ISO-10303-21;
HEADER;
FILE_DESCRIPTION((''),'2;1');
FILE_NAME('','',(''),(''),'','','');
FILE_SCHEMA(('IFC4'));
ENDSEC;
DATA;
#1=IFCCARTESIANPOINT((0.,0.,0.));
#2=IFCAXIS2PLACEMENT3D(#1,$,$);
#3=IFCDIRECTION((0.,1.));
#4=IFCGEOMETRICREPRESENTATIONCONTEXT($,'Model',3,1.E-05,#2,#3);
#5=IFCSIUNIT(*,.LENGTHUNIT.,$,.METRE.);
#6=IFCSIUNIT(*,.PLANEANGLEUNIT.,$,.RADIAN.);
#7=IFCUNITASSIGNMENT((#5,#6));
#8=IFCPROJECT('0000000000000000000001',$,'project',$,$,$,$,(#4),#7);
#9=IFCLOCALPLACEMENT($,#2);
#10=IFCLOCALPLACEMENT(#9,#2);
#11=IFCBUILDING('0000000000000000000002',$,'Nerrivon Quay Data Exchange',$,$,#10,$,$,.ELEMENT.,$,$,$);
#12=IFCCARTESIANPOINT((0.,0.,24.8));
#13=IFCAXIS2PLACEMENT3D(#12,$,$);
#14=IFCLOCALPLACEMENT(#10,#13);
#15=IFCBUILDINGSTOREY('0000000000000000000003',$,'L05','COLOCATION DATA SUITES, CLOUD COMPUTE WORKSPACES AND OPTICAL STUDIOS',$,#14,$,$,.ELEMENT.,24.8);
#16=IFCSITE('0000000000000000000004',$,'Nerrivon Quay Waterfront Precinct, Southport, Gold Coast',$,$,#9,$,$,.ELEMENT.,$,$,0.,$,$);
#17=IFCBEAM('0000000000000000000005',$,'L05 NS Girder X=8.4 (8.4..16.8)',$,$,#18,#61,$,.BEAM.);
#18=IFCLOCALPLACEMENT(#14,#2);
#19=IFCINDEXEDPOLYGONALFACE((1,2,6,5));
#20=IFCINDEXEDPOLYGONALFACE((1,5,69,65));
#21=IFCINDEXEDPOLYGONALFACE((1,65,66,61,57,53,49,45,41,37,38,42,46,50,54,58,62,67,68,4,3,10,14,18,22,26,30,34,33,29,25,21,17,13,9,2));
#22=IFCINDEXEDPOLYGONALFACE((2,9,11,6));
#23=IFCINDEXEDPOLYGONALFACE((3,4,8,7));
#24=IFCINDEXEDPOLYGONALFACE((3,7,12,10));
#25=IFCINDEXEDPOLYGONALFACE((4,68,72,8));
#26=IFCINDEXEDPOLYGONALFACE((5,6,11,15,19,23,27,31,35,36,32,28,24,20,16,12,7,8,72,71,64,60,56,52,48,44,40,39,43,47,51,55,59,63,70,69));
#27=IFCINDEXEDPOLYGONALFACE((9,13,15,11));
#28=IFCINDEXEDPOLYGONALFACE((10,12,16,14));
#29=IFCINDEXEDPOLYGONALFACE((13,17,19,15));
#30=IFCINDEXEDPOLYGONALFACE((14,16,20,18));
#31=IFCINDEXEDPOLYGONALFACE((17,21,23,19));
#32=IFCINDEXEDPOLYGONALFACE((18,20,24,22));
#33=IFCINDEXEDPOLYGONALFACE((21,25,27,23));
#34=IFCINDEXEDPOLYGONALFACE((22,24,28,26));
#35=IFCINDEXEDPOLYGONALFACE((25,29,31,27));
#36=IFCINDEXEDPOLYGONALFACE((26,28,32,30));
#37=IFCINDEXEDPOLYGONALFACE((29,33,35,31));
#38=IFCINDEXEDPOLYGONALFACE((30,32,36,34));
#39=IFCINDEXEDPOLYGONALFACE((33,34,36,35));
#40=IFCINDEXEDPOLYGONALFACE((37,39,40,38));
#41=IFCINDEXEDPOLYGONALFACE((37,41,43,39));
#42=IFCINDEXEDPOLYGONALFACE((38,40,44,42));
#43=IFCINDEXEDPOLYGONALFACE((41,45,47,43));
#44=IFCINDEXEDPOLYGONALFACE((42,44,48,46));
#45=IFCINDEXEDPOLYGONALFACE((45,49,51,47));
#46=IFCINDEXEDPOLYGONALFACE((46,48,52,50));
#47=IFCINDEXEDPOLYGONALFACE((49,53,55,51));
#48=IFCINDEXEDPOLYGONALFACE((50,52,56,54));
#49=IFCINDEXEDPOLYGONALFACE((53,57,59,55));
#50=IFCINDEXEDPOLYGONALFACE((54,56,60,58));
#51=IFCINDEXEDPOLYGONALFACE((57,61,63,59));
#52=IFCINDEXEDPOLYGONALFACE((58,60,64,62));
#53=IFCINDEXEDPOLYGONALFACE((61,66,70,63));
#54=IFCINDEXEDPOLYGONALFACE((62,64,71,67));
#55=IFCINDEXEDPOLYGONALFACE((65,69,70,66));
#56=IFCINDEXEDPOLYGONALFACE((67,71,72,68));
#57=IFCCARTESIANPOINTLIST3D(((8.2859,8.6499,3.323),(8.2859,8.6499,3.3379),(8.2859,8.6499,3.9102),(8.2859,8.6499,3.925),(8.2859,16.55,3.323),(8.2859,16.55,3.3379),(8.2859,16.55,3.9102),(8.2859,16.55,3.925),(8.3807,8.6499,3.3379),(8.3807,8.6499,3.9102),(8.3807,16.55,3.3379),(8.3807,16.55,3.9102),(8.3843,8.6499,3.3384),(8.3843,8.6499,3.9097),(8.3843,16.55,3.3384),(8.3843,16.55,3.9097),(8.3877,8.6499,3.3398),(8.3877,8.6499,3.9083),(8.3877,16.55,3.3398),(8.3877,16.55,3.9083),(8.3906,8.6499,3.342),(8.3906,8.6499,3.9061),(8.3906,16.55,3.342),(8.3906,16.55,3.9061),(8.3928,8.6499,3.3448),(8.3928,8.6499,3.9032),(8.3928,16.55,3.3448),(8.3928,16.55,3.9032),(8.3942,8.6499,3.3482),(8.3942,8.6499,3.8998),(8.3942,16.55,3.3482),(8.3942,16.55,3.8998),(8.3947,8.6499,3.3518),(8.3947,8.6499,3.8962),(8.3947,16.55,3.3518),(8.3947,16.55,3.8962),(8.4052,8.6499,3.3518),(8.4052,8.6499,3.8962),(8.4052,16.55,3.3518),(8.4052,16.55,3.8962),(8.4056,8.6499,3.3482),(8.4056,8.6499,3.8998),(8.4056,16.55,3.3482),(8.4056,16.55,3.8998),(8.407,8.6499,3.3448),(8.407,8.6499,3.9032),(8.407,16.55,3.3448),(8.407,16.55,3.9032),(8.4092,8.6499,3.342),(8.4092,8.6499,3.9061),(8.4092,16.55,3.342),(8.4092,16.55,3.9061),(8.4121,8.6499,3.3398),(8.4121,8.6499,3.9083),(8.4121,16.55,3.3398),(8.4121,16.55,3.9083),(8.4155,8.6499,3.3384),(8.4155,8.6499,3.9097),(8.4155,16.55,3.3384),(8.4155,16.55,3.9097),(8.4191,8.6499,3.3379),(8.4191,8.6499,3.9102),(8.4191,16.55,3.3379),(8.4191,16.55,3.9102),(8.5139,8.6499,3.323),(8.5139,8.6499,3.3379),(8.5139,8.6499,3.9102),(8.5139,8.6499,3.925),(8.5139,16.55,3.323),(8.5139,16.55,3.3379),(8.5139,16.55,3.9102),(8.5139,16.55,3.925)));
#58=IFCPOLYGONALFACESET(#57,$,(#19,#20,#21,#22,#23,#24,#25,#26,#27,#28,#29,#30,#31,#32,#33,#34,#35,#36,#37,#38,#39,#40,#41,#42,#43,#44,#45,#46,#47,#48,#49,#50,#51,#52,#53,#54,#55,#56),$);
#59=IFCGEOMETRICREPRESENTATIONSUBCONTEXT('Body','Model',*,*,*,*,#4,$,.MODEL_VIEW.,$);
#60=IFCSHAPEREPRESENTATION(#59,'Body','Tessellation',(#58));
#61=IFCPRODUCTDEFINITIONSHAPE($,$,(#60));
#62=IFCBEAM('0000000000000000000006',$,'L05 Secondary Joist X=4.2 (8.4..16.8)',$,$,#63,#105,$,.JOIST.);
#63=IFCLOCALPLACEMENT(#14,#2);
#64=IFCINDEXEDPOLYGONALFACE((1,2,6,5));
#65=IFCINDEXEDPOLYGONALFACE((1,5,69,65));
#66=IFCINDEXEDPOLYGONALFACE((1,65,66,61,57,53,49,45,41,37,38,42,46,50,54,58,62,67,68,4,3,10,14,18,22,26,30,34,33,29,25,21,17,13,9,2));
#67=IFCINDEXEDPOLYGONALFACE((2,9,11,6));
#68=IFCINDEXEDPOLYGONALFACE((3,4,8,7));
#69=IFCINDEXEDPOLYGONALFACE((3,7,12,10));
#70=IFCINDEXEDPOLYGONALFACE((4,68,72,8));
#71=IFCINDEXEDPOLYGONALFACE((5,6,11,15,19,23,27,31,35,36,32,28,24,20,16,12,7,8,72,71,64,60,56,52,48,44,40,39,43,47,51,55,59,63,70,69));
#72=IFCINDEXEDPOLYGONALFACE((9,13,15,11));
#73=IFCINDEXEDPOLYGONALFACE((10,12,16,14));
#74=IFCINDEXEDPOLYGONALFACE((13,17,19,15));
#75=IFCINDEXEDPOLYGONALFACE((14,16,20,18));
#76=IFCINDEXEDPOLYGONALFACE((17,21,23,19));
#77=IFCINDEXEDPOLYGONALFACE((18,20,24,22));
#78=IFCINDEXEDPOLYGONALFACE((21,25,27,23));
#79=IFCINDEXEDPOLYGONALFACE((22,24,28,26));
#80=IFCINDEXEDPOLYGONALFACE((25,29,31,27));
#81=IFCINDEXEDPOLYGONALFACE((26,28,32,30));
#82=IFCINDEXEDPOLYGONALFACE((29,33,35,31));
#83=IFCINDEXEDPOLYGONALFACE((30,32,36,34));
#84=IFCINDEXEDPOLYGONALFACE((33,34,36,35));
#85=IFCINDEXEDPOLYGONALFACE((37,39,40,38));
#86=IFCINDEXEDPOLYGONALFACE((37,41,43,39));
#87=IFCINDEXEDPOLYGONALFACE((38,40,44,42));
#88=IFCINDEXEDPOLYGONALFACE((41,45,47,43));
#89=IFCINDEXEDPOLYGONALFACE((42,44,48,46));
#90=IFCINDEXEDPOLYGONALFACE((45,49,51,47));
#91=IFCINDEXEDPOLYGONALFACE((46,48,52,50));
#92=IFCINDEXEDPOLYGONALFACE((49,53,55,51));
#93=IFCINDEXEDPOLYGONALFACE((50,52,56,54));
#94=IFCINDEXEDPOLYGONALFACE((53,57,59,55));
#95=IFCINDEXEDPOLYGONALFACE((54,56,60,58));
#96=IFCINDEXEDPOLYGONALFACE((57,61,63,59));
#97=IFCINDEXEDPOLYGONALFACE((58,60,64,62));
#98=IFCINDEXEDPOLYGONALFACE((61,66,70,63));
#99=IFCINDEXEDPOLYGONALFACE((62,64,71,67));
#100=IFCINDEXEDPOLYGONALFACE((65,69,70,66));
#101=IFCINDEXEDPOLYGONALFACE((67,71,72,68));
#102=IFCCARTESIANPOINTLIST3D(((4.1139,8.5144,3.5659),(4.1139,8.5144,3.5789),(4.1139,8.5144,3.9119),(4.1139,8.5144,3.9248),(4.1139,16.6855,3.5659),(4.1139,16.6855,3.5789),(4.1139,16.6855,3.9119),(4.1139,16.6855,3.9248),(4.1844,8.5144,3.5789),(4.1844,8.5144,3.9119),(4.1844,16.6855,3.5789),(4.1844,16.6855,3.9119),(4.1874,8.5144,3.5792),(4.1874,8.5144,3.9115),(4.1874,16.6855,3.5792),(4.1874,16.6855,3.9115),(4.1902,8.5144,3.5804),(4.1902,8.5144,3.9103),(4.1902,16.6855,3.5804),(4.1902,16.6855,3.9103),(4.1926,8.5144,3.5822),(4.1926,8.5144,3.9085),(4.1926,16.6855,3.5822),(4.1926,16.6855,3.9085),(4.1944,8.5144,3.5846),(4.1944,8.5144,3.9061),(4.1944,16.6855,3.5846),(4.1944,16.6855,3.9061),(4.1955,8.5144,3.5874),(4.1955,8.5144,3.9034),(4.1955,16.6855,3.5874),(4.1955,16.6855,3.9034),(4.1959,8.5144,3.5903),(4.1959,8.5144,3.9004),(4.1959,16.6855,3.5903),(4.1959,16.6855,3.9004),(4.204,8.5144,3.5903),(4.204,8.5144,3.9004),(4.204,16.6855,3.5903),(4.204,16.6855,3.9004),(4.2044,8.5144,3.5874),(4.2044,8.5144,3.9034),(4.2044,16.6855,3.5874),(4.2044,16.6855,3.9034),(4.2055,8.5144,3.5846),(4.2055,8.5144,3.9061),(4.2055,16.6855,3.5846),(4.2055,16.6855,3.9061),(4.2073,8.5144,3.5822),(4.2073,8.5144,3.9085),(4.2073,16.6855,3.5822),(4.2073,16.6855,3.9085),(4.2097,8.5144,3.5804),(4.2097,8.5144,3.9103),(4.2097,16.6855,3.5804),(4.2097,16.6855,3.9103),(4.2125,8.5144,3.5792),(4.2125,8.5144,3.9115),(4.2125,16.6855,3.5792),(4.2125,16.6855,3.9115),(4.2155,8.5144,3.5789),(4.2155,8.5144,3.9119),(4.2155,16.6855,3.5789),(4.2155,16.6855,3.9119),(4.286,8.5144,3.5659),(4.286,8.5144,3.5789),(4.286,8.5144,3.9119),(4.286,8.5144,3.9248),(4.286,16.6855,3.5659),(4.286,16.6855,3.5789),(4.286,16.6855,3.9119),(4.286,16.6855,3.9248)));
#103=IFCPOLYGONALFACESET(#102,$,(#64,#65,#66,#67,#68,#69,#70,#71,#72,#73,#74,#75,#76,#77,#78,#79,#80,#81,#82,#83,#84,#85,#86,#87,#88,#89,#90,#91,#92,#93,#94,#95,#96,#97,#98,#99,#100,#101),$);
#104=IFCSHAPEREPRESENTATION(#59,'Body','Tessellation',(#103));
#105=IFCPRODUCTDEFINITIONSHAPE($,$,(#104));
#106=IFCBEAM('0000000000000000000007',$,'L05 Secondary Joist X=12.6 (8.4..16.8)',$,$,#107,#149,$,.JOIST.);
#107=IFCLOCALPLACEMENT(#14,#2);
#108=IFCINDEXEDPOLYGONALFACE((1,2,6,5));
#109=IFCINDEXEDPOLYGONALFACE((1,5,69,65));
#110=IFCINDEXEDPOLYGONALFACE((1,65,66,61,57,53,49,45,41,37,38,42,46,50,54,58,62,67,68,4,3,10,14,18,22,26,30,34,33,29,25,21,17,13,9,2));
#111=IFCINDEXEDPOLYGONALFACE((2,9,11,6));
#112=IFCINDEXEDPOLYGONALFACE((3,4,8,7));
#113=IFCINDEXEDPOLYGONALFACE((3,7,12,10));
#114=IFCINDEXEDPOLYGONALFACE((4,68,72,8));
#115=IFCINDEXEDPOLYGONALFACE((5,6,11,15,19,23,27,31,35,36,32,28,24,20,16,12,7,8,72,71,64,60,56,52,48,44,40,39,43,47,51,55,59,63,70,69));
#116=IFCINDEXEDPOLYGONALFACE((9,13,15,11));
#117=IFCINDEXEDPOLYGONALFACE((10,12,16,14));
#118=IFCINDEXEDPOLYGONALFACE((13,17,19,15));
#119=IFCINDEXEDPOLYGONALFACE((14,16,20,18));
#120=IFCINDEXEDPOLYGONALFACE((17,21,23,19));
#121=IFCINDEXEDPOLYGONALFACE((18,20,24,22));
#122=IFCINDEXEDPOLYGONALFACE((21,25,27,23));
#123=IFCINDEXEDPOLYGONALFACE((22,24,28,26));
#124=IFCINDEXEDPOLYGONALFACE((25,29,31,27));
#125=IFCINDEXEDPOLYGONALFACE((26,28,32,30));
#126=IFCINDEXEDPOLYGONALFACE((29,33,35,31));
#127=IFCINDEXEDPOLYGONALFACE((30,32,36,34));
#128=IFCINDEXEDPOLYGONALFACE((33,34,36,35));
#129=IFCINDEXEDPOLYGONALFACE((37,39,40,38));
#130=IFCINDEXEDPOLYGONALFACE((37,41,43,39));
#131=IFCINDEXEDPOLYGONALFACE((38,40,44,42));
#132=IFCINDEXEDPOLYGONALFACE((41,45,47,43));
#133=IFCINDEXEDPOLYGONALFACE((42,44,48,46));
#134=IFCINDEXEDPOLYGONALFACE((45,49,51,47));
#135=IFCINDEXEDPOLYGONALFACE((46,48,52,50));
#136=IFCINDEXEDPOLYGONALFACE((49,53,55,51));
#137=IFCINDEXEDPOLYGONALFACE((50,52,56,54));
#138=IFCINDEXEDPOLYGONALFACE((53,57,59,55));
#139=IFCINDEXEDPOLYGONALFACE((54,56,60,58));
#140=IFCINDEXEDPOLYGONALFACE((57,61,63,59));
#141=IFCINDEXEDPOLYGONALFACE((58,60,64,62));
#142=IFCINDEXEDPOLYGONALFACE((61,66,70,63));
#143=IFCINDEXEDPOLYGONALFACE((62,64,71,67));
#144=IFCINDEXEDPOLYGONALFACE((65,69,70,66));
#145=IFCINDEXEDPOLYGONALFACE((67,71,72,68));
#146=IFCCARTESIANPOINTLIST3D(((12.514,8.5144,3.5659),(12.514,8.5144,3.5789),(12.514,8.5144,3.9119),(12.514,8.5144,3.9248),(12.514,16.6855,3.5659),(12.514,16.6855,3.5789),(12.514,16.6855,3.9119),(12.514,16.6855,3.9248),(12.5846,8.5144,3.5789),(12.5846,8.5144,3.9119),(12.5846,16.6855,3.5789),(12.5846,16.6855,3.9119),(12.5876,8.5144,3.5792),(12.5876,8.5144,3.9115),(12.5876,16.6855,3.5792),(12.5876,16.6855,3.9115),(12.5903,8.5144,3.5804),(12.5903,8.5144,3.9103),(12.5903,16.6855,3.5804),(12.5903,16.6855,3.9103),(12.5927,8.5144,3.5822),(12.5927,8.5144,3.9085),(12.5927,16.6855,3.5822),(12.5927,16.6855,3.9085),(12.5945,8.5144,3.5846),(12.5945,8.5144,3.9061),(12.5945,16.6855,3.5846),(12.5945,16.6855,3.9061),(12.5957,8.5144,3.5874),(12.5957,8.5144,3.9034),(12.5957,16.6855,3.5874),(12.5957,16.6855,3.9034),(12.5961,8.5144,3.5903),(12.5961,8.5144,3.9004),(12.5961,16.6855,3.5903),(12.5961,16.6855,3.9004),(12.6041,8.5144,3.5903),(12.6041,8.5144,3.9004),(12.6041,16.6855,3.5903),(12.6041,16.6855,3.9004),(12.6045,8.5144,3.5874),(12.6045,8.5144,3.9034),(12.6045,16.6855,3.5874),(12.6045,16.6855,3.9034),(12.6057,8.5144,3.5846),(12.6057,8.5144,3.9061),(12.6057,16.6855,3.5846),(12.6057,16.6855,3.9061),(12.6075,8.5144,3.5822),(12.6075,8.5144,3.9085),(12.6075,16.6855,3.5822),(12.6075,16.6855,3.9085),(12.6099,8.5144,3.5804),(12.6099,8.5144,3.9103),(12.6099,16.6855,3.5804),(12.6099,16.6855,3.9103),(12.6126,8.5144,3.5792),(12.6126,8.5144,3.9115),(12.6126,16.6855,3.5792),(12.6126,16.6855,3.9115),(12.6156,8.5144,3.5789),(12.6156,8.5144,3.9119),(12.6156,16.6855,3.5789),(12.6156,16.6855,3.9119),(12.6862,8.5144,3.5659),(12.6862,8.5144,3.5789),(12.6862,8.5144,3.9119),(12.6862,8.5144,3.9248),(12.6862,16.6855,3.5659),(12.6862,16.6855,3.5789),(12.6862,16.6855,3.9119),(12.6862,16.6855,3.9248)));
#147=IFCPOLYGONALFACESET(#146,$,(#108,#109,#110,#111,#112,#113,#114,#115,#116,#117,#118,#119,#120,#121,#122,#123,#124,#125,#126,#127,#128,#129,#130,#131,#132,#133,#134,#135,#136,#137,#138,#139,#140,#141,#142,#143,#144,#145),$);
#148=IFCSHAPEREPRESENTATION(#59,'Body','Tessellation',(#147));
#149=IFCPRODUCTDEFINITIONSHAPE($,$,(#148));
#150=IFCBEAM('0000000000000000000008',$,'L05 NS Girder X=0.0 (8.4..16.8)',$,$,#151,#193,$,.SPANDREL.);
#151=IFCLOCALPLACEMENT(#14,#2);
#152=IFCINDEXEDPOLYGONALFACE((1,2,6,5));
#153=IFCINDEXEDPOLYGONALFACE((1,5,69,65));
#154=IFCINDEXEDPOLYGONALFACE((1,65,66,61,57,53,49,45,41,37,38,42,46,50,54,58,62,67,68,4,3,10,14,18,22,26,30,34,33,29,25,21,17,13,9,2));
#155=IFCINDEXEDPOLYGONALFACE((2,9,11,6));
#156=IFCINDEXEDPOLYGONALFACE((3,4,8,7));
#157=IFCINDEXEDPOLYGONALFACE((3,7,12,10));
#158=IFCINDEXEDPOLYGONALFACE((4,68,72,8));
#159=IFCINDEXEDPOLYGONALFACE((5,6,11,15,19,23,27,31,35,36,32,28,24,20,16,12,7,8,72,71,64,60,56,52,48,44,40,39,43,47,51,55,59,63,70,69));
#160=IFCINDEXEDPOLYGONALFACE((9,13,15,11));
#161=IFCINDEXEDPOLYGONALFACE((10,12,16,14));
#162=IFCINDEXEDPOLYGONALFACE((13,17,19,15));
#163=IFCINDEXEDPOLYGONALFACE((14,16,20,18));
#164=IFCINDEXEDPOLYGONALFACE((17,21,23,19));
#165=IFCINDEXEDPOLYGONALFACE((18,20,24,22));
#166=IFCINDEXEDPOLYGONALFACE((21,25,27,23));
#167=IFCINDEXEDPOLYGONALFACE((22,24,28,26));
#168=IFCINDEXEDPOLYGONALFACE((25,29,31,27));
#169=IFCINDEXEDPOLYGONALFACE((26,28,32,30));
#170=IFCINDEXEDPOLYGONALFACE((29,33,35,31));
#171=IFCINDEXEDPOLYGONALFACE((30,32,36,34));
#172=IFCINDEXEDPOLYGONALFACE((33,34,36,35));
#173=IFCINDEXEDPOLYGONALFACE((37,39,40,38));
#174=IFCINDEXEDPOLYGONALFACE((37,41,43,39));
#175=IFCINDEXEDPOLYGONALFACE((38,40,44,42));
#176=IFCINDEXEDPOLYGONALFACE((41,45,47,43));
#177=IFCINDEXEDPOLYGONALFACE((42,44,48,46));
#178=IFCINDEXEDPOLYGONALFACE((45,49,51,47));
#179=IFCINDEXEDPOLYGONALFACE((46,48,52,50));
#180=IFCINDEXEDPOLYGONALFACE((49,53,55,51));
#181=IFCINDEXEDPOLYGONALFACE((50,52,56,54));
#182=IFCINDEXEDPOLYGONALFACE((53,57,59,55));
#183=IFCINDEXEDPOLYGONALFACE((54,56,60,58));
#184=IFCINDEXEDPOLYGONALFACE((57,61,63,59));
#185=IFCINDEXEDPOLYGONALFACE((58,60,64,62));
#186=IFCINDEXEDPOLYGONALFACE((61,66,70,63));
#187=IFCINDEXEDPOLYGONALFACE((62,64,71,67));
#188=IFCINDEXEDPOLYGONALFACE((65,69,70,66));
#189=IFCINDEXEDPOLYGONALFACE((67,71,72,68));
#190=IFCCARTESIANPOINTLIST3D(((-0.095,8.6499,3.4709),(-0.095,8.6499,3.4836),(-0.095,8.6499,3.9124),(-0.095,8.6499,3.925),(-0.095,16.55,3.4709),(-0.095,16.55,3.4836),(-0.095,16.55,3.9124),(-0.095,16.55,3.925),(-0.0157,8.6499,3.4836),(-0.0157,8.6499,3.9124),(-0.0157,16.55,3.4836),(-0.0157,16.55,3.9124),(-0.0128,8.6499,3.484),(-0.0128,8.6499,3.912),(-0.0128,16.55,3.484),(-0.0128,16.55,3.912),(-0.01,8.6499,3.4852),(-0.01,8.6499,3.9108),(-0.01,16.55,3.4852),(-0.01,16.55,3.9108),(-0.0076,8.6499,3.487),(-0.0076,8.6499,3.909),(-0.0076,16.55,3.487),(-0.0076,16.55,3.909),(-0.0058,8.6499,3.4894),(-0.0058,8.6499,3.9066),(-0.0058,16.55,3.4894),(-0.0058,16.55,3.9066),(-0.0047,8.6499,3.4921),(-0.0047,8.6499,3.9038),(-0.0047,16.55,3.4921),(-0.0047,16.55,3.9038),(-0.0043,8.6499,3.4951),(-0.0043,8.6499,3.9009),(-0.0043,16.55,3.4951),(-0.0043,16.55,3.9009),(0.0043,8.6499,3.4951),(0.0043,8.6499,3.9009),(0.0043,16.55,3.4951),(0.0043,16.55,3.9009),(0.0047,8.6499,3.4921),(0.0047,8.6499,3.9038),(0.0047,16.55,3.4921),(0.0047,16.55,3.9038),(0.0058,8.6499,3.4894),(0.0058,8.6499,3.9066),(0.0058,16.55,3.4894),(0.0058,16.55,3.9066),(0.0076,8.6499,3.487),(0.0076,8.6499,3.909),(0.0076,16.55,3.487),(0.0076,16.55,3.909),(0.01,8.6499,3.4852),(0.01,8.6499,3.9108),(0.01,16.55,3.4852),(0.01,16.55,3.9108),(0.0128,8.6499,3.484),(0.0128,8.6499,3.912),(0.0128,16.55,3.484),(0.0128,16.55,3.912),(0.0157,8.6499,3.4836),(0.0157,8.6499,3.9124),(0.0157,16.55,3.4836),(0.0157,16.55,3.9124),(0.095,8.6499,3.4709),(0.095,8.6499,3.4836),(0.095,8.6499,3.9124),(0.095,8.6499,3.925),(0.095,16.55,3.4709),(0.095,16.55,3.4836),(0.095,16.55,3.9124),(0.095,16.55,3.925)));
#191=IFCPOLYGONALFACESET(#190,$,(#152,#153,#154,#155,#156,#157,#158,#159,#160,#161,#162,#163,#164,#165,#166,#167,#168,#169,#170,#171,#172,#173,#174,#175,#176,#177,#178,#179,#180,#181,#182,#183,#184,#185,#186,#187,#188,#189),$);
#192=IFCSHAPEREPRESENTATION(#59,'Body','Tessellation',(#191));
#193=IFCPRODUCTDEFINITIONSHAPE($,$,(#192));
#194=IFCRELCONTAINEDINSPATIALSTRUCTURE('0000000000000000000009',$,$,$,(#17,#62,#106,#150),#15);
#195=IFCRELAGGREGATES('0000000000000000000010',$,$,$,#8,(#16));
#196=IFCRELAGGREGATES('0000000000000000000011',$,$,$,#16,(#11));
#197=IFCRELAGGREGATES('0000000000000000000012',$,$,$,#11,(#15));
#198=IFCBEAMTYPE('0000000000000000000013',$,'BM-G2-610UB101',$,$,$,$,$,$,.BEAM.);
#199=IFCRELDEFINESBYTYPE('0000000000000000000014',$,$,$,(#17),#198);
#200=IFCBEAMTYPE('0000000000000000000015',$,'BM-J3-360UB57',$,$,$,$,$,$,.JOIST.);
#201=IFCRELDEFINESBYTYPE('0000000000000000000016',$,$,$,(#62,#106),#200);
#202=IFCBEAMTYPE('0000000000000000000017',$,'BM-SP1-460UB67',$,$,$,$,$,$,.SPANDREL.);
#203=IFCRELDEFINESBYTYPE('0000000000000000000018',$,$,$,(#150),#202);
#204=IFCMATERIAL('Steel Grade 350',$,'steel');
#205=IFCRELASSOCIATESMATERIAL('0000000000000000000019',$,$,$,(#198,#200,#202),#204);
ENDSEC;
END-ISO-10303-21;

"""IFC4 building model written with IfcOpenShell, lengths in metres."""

from ifc_helpers import new_model, si_unit, direction, frame, origin, origin_2d, place, context, subcontext, project, spatial, i_section, extrude, material, material_profile, profile_set, type_object, element, save


model = new_model("IFC4")

# Units and contexts
model_context = context("Model", 3, precision=1e-05, world=origin(), true_north=direction((0.0, 1.0)))
body_context = subcontext(model_context, "Body", "Model", "MODEL_VIEW")
ifc_project = project(units=[si_unit("LENGTHUNIT", "METRE"), si_unit("PLANEANGLEUNIT", "RADIAN")], contexts=[model_context])

# Site, building, storey
site_placement = place(None, origin())
site = spatial("IfcSite", under=ifc_project, at=site_placement, Name="Nerrivon Quay Waterfront Precinct, Southport, Gold Coast", CompositionType="ELEMENT", RefElevation=0.0)
building_placement = place(site_placement, origin())
building = spatial("IfcBuilding", under=site, at=building_placement, Name="Nerrivon Quay Data Exchange", CompositionType="ELEMENT")
storey_placement = place(building_placement, frame((0.0, 0.0, 24.8)))
storey = spatial("IfcBuildingStorey", under=building, at=storey_placement, Name="L05", Description="COLOCATION DATA SUITES, CLOUD COMPUTE WORKSPACES AND OPTICAL STUDIOS", CompositionType="ELEMENT", Elevation=24.8)

# Shared definitions
ifc_material_1 = material(Name="Steel Grade 350", Category="steel")

# Beams
ifc_material_profile_1 = material_profile(ifc_material_1, i_section(OverallWidth=0.228, OverallDepth=0.6021, WebThickness=0.0105, FlangeThickness=0.0149, FilletRadius=0.0139, at=origin_2d()), Name="610UB101")
ifc_profile_set_1 = profile_set([ifc_material_profile_1], Name="Steel Grade 350")
beam_type_1 = type_object("IfcBeamType", Name="BM-G2-610UB101", PredefinedType="BEAM", material=ifc_profile_set_1)
beam_1_placement = place(storey_placement, frame((8.3999, 8.6499, 3.624), z_axis=(0.0, 1.0, 0.0), x_axis=(-1.0, 0.0, 0.0)))
element("IfcBeam", 1, at=beam_1_placement, inside=storey, type_object=beam_type_1, Name="L05 NS Girder X=8.4 (8.4..16.8)", PredefinedType="BEAM", context=body_context, shape_type="SweptSolid", body=[
    extrude(i_section(OverallWidth=0.228, OverallDepth=0.6021, WebThickness=0.0105, FlangeThickness=0.0149, FilletRadius=0.0139, at=origin_2d()), origin(), (0.0, 0.0, 1.0), 7.9001),
])
ifc_material_profile_2 = material_profile(ifc_material_1, i_section(OverallWidth=0.1721, OverallDepth=0.3589, WebThickness=0.0081, FlangeThickness=0.0129, FilletRadius=0.0115, at=origin_2d()), Name="360UB56.7")
ifc_profile_set_2 = profile_set([ifc_material_profile_2], Name="Steel Grade 350")
beam_type_2 = type_object("IfcBeamType", Name="BM-J3-360UB57", PredefinedType="JOIST", material=ifc_profile_set_2)
for number, where, z_axis, x_axis, name in (
    (2, (4.2, 8.5144, 3.7454), (0.0, 1.0, 0.0), (-1.0, 0.0, 0.0), "L05 Secondary Joist X=4.2 (8.4..16.8)"),
    (3, (12.6001, 8.5144, 3.7454), (0.0, 1.0, 0.0), (-1.0, 0.0, 0.0), "L05 Secondary Joist X=12.6 (8.4..16.8)"),
):
    element("IfcBeam", number, at=place(storey_placement, frame(where, z_axis=z_axis, x_axis=x_axis)), inside=storey, type_object=beam_type_2, Name=name, PredefinedType="JOIST", context=body_context, shape_type="SweptSolid", body=[
        extrude(i_section(OverallWidth=0.1721, OverallDepth=0.3589, WebThickness=0.0081, FlangeThickness=0.0129, FilletRadius=0.0115, at=origin_2d()), origin(), (0.0, 0.0, 1.0), 8.1711),
    ])
ifc_material_profile_3 = material_profile(ifc_material_1, i_section(OverallWidth=0.1899, OverallDepth=0.4541, WebThickness=0.0085, FlangeThickness=0.0127, FilletRadius=0.0115, at=origin_2d()), Name="460UB67.1")
ifc_profile_set_3 = profile_set([ifc_material_profile_3], Name="Steel Grade 350")
beam_type_3 = type_object("IfcBeamType", Name="BM-SP1-460UB67", PredefinedType="SPANDREL", material=ifc_profile_set_3)
beam_2_placement = place(storey_placement, frame((0.0, 8.6499, 3.698), z_axis=(0.0, 1.0, 0.0), x_axis=(-1.0, 0.0, 0.0)))
element("IfcBeam", 4, at=beam_2_placement, inside=storey, type_object=beam_type_3, Name="L05 NS Girder X=0.0 (8.4..16.8)", PredefinedType="SPANDREL", context=body_context, shape_type="SweptSolid", body=[
    extrude(i_section(OverallWidth=0.1899, OverallDepth=0.4541, WebThickness=0.0085, FlangeThickness=0.0127, FilletRadius=0.0115, at=origin_2d()), origin(), (0.0, 0.0, 1.0), 7.9001),
])

save(model, "model.ifc")
